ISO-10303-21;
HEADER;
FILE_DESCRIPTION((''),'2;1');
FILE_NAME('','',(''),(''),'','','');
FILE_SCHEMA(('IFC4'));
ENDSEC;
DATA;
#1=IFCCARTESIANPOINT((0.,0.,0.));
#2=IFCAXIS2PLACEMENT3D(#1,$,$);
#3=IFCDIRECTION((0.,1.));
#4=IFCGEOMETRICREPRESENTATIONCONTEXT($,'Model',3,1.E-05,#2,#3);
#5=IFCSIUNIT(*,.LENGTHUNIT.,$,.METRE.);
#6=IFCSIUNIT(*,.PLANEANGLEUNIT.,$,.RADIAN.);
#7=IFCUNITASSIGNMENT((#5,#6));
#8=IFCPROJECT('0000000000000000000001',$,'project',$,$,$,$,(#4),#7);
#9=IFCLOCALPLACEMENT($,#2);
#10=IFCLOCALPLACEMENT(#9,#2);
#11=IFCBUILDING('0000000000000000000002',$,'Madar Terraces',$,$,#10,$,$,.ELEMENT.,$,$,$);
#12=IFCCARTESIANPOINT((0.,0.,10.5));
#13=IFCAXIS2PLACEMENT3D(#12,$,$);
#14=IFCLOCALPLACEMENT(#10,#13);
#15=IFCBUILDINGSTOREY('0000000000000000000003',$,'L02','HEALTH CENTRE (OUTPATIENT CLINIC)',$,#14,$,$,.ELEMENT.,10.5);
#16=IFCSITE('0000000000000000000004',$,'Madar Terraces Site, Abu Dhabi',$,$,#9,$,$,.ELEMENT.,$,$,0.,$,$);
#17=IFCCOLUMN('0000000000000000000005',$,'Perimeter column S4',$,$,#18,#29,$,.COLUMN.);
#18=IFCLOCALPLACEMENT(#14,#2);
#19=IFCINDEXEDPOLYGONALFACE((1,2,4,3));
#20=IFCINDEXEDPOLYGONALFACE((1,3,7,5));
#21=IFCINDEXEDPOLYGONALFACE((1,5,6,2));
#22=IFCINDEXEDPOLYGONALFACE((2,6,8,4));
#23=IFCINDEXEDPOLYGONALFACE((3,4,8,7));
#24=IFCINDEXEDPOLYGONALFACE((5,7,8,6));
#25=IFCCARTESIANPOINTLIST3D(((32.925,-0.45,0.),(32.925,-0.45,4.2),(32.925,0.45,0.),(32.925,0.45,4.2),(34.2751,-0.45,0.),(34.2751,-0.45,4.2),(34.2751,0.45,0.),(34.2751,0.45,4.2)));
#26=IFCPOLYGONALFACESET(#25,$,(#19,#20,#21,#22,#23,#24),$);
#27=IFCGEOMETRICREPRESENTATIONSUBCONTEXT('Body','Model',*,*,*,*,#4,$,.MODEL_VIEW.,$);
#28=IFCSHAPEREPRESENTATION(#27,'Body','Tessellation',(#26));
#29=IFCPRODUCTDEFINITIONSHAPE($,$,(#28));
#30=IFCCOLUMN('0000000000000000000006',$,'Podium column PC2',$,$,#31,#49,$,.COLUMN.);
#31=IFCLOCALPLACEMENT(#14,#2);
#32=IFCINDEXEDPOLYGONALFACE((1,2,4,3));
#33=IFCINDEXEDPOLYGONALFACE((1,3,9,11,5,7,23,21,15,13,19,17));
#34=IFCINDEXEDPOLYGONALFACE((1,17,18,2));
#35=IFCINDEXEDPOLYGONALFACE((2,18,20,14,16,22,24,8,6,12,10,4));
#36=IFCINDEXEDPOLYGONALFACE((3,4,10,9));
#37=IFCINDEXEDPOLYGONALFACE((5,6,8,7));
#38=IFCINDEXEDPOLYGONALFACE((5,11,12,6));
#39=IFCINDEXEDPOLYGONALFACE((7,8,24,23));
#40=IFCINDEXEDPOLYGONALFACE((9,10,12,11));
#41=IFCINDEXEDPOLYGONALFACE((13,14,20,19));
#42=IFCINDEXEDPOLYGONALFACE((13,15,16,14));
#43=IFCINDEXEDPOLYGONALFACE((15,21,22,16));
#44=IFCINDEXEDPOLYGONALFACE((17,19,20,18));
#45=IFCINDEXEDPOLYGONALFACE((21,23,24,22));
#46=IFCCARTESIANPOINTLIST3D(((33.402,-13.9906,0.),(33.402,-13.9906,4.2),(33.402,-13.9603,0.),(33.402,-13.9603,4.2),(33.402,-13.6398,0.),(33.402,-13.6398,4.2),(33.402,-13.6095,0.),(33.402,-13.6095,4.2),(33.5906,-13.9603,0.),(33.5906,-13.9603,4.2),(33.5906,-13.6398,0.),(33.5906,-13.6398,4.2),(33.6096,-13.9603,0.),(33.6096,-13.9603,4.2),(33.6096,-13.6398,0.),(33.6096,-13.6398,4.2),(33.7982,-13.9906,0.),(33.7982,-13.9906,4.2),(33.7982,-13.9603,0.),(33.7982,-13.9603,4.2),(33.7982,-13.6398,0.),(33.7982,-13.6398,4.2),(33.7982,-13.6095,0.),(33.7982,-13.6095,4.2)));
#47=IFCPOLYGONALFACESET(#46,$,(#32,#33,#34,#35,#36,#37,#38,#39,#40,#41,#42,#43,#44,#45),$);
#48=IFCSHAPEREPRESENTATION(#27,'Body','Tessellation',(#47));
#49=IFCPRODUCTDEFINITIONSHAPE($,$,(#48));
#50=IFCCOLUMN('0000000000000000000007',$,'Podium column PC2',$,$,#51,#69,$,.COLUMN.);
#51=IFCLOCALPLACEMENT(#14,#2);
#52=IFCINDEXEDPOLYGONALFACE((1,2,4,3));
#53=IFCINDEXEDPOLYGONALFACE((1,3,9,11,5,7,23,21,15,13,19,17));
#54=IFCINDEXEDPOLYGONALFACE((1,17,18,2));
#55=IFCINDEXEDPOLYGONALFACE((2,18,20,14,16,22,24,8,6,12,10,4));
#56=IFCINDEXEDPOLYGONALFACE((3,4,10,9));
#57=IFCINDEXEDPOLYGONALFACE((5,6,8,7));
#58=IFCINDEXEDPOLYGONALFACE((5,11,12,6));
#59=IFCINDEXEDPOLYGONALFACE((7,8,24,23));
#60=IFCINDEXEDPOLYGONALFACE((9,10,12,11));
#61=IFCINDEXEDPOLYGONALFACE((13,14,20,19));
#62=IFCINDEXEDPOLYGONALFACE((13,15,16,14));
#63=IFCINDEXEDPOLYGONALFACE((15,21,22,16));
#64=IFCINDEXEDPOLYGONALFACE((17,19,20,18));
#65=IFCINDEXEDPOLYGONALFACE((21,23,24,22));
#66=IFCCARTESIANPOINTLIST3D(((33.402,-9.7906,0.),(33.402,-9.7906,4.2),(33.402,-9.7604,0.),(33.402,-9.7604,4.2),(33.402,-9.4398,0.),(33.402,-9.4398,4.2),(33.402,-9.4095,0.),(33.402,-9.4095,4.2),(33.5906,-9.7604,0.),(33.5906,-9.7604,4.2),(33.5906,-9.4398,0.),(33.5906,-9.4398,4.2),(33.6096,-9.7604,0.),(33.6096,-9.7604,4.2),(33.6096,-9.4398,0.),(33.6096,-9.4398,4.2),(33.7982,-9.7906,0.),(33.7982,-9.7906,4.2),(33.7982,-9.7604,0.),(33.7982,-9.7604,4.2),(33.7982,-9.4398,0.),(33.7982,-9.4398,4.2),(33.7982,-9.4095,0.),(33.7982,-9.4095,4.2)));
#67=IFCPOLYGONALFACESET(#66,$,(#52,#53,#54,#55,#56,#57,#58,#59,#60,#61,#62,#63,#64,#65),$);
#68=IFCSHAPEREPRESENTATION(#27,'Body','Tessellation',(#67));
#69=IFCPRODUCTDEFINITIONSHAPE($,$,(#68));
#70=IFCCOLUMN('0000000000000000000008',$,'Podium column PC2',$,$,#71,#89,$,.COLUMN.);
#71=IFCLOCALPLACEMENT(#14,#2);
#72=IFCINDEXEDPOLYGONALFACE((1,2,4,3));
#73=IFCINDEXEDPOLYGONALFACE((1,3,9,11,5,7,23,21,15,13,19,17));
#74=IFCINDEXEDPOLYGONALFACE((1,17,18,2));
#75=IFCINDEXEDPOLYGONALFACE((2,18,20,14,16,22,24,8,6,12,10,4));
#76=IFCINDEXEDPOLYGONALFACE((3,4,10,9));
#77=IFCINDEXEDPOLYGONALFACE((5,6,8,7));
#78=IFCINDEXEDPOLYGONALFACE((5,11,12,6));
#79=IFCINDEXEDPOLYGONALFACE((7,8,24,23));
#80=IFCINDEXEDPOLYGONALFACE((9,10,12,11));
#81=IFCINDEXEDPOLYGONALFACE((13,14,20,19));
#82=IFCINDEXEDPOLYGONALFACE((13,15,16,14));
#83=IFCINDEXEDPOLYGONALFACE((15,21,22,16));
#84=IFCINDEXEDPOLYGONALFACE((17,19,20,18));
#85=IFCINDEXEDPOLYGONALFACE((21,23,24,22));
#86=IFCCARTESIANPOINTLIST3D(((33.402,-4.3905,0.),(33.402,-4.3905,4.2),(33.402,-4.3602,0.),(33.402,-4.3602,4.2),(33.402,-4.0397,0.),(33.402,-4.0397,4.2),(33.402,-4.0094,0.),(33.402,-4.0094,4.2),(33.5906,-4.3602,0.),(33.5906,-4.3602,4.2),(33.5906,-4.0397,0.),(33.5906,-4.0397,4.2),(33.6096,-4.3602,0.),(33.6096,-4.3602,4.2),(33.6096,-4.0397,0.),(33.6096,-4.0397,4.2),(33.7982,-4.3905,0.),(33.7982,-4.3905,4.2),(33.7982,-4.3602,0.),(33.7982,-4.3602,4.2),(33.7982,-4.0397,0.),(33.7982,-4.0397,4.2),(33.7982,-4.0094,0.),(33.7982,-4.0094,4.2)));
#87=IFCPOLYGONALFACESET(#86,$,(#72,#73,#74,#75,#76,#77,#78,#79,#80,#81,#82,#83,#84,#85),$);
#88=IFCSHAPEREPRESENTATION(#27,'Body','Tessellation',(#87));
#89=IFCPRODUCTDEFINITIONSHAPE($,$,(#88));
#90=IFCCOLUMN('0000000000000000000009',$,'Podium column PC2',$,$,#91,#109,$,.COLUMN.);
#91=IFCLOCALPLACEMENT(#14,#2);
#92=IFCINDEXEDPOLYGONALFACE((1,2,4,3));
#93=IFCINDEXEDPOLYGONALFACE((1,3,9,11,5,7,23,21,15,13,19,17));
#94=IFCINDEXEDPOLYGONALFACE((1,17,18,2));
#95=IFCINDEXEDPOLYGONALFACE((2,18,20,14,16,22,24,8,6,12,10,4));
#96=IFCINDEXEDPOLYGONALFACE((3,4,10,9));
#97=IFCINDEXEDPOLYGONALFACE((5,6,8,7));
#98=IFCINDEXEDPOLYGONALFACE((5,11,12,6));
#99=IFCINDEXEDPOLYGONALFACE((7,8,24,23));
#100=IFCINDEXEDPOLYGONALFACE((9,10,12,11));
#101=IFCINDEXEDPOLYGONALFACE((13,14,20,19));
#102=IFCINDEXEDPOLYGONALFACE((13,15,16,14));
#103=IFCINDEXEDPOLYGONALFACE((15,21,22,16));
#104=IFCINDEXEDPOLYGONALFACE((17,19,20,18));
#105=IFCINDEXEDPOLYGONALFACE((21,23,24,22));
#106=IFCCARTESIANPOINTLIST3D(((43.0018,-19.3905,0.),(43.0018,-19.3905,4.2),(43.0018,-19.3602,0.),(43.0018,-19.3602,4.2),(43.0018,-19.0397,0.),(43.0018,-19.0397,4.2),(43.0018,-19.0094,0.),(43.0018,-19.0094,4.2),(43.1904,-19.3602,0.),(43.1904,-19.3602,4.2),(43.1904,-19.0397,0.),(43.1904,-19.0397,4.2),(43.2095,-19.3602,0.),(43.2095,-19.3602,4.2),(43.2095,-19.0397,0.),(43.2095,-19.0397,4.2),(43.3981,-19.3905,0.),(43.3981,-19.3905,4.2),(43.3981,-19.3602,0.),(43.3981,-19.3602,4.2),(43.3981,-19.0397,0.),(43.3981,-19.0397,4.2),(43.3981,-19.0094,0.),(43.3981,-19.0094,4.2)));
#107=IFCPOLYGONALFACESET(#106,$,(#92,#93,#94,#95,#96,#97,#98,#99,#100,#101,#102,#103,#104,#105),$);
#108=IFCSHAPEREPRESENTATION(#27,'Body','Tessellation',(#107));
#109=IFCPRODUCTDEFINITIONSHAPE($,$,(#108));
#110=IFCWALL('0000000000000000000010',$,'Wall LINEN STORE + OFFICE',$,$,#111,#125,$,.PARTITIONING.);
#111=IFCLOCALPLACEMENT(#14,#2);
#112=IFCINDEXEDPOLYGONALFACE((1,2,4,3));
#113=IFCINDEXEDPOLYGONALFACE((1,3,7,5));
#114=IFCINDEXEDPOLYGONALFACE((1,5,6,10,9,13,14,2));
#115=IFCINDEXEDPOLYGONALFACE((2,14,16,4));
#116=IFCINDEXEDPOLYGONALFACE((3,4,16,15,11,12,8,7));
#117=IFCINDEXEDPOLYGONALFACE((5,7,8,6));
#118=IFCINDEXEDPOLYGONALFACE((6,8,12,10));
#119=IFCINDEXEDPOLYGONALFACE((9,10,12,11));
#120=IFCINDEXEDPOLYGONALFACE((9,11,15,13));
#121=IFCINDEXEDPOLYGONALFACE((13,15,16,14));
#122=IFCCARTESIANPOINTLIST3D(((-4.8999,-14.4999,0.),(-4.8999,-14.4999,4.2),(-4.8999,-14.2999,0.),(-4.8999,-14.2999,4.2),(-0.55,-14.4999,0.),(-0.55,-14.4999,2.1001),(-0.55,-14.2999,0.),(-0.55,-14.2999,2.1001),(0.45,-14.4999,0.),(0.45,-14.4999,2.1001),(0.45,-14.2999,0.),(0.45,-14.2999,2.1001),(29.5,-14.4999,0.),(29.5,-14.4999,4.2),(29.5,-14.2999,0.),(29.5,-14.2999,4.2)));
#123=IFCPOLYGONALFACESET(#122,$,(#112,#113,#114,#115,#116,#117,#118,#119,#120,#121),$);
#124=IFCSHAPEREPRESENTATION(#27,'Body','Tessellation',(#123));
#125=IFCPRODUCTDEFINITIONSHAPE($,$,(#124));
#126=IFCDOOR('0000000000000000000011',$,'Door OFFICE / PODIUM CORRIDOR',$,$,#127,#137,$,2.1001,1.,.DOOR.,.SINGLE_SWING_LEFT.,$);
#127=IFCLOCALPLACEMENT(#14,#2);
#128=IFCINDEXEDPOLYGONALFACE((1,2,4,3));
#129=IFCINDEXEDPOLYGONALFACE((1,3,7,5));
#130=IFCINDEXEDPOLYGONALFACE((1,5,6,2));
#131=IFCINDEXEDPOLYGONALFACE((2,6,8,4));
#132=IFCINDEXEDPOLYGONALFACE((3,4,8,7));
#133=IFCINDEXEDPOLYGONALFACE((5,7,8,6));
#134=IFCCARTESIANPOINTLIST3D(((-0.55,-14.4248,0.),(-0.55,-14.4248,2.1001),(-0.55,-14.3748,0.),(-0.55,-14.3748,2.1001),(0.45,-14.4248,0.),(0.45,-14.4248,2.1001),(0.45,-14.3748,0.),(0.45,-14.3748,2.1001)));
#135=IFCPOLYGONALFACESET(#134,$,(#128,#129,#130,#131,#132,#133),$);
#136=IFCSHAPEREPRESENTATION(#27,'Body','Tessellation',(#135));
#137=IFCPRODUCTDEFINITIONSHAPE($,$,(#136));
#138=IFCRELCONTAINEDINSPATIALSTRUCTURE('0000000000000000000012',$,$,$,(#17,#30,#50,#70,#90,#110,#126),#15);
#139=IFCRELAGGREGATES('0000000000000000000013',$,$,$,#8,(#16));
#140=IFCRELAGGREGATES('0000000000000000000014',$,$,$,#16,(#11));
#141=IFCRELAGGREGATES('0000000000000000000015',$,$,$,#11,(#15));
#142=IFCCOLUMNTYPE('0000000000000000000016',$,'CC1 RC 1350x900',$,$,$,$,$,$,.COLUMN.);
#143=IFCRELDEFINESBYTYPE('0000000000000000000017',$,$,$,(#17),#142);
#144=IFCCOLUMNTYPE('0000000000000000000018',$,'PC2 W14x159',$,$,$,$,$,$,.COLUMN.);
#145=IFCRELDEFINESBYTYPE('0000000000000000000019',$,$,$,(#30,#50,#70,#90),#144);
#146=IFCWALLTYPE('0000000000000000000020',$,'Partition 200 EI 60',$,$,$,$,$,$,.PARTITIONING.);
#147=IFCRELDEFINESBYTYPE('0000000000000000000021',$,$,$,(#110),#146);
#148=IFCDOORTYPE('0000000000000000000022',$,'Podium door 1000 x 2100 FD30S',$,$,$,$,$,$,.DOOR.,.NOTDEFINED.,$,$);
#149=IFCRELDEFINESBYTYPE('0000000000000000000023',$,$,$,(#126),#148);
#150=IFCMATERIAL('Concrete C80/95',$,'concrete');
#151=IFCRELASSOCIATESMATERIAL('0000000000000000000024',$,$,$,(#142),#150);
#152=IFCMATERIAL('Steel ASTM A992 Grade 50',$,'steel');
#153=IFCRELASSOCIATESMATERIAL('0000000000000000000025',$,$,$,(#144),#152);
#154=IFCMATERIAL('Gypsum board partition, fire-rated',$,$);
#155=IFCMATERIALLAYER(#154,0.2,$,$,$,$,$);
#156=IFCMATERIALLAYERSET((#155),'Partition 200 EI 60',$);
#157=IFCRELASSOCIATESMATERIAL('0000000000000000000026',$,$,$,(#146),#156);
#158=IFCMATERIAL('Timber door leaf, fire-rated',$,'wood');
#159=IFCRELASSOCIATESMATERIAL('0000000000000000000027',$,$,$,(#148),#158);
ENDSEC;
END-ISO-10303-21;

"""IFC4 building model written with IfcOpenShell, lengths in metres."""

from ifc_helpers import new_model, si_unit, direction, frame, frame_2d, origin, origin_2d, place, context, subcontext, project, spatial, rectangle, i_section, extrude, material, layer, layer_set, material_profile, profile_set, type_object, element, fill, save


model = new_model("IFC4")

# Units and contexts
model_context = context("Model", 3, precision=1e-05, world=origin(), true_north=direction((0.0, 1.0)))
body_context = subcontext(model_context, "Body", "Model", "MODEL_VIEW")
ifc_project = project(units=[si_unit("LENGTHUNIT", "METRE"), si_unit("PLANEANGLEUNIT", "RADIAN")], contexts=[model_context])

# Site, building, storey
site_placement = place(None, origin())
site = spatial("IfcSite", under=ifc_project, at=site_placement, Name="Madar Terraces Site, Abu Dhabi", CompositionType="ELEMENT", RefElevation=0.0)
building_placement = place(site_placement, origin())
building = spatial("IfcBuilding", under=site, at=building_placement, Name="Madar Terraces", CompositionType="ELEMENT")
storey_placement = place(building_placement, frame((0.0, 0.0, 10.5)))
storey = spatial("IfcBuildingStorey", under=building, at=storey_placement, Name="L02", Description="HEALTH CENTRE (OUTPATIENT CLINIC)", CompositionType="ELEMENT", Elevation=10.5)

# Columns
ifc_material_1 = material(Name="Concrete C80/95", Category="concrete")
ifc_material_profile_1 = material_profile(ifc_material_1, rectangle(XDim=1.3501, YDim=0.8999, at=origin_2d()), Name="CC1 RC 1350x900")
ifc_profile_set_1 = profile_set([ifc_material_profile_1], Name="Concrete C80/95")
column_type_1 = type_object("IfcColumnType", Name="CC1 RC 1350x900", PredefinedType="COLUMN", material=ifc_profile_set_1)
column_placement = place(storey_placement, frame((33.6001, 0.0, 0.0), z_axis=(0.0, 0.0, 1.0), x_axis=(1.0, 0.0, 0.0)))
element("IfcColumn", 1, at=column_placement, inside=storey, type_object=column_type_1, Name="Perimeter column S4", PredefinedType="COLUMN", context=body_context, shape_type="SweptSolid", body=[
    extrude(rectangle(XDim=1.3501, YDim=0.8999, at=origin_2d()), origin(), (0.0, 0.0, 1.0), 4.2),
])
ifc_material_2 = material(Name="Steel ASTM A992 Grade 50", Category="steel")
ifc_material_profile_2 = material_profile(ifc_material_2, i_section(OverallWidth=0.3962, OverallDepth=0.3811, WebThickness=0.019, FlangeThickness=0.0303, at=origin_2d()), Name="W14x159")
ifc_profile_set_2 = profile_set([ifc_material_profile_2], Name="Steel ASTM A992 Grade 50")
column_type_2 = type_object("IfcColumnType", Name="PC2 W14x159", PredefinedType="COLUMN", material=ifc_profile_set_2)
for number, where, z_axis, x_axis, name in (
    (2, (33.6001, -13.8, 0.0), (0.0, 0.0, 1.0), (1.0, 0.0, 0.0), "Podium column PC2"),
    (3, (33.6001, -9.6001, 0.0), (0.0, 0.0, 1.0), (1.0, 0.0, 0.0), "Podium column PC2"),
    (4, (33.6001, -4.2, 0.0), (0.0, 0.0, 1.0), (1.0, 0.0, 0.0), "Podium column PC2"),
    (5, (43.2, -19.2, 0.0), (0.0, 0.0, 1.0), (1.0, 0.0, 0.0), "Podium column PC2"),
):
    element("IfcColumn", number, at=place(storey_placement, frame(where, z_axis=z_axis, x_axis=x_axis)), inside=storey, type_object=column_type_2, Name=name, PredefinedType="COLUMN", context=body_context, shape_type="SweptSolid", body=[
        extrude(i_section(OverallWidth=0.3962, OverallDepth=0.3811, WebThickness=0.019, FlangeThickness=0.0303, at=origin_2d()), origin(), (0.0, 0.0, 1.0), 4.2),
    ])

# Wall, opening, door
ifc_material_3 = material(Name="Gypsum board partition, fire-rated")
ifc_layer = layer(ifc_material_3, 0.2)
ifc_layer_set = layer_set([ifc_layer], Name="Partition 200 EI 60")
wall_type = type_object("IfcWallType", Name="Partition 200 EI 60", PredefinedType="PARTITIONING", material=ifc_layer_set)
wall_1_placement = place(storey_placement, frame((29.5, -14.3999, 0.0), z_axis=(0.0, 0.0, 1.0), x_axis=(-1.0, 0.0, 0.0)))
wall_1 = element("IfcWall", 6, at=wall_1_placement, inside=storey, type_object=wall_type, Name="Wall LINEN STORE + OFFICE", PredefinedType="PARTITIONING", context=body_context, shape_type="SweptSolid", body=[
    extrude(rectangle(XDim=34.3999, YDim=0.2, at=frame_2d((17.2, 0.0))), origin(), (0.0, 0.0, 1.0), 4.2),
])
opening_1_placement = place(wall_1_placement, frame((29.05, 0.0, 0.0)))
opening_1 = element("IfcOpeningElement", 7, at=opening_1_placement, cuts=wall_1, PredefinedType="OPENING", context=body_context, shape_type="SweptSolid", body=[
    extrude(rectangle(XDim=1.0, YDim=2.1001, at=frame_2d((0.5, 1.05))), frame((0.0, 0.1099, 0.0), z_axis=(0.0, -1.0, 0.0), x_axis=(1.0, 0.0, 0.0)), (0.0, 0.0, 1.0), 0.22),
])
ifc_material_4 = material(Name="Timber door leaf, fire-rated", Category="wood")
door_type = type_object("IfcDoorType", Name="Podium door 1000 x 2100 FD30S", OperationType="NOTDEFINED", PredefinedType="DOOR", material=ifc_material_4)
door_1_placement = place(opening_1_placement, origin())
door_1 = element("IfcDoor", 8, at=door_1_placement, inside=storey, type_object=door_type, Name="Door OFFICE / PODIUM CORRIDOR", OperationType="SINGLE_SWING_LEFT", OverallHeight=2.1001, OverallWidth=1.0, PredefinedType="DOOR", context=body_context, shape_type="SweptSolid", body=[
    extrude(rectangle(XDim=1.0, YDim=2.1001, at=frame_2d((0.5, 1.05))), frame((0.0, 0.0249, 0.0), z_axis=(0.0, -1.0, 0.0), x_axis=(1.0, 0.0, 0.0)), (0.0, 0.0, 1.0), 0.05),
])
fill(opening_1, door_1)

save(model, "model.ifc")
